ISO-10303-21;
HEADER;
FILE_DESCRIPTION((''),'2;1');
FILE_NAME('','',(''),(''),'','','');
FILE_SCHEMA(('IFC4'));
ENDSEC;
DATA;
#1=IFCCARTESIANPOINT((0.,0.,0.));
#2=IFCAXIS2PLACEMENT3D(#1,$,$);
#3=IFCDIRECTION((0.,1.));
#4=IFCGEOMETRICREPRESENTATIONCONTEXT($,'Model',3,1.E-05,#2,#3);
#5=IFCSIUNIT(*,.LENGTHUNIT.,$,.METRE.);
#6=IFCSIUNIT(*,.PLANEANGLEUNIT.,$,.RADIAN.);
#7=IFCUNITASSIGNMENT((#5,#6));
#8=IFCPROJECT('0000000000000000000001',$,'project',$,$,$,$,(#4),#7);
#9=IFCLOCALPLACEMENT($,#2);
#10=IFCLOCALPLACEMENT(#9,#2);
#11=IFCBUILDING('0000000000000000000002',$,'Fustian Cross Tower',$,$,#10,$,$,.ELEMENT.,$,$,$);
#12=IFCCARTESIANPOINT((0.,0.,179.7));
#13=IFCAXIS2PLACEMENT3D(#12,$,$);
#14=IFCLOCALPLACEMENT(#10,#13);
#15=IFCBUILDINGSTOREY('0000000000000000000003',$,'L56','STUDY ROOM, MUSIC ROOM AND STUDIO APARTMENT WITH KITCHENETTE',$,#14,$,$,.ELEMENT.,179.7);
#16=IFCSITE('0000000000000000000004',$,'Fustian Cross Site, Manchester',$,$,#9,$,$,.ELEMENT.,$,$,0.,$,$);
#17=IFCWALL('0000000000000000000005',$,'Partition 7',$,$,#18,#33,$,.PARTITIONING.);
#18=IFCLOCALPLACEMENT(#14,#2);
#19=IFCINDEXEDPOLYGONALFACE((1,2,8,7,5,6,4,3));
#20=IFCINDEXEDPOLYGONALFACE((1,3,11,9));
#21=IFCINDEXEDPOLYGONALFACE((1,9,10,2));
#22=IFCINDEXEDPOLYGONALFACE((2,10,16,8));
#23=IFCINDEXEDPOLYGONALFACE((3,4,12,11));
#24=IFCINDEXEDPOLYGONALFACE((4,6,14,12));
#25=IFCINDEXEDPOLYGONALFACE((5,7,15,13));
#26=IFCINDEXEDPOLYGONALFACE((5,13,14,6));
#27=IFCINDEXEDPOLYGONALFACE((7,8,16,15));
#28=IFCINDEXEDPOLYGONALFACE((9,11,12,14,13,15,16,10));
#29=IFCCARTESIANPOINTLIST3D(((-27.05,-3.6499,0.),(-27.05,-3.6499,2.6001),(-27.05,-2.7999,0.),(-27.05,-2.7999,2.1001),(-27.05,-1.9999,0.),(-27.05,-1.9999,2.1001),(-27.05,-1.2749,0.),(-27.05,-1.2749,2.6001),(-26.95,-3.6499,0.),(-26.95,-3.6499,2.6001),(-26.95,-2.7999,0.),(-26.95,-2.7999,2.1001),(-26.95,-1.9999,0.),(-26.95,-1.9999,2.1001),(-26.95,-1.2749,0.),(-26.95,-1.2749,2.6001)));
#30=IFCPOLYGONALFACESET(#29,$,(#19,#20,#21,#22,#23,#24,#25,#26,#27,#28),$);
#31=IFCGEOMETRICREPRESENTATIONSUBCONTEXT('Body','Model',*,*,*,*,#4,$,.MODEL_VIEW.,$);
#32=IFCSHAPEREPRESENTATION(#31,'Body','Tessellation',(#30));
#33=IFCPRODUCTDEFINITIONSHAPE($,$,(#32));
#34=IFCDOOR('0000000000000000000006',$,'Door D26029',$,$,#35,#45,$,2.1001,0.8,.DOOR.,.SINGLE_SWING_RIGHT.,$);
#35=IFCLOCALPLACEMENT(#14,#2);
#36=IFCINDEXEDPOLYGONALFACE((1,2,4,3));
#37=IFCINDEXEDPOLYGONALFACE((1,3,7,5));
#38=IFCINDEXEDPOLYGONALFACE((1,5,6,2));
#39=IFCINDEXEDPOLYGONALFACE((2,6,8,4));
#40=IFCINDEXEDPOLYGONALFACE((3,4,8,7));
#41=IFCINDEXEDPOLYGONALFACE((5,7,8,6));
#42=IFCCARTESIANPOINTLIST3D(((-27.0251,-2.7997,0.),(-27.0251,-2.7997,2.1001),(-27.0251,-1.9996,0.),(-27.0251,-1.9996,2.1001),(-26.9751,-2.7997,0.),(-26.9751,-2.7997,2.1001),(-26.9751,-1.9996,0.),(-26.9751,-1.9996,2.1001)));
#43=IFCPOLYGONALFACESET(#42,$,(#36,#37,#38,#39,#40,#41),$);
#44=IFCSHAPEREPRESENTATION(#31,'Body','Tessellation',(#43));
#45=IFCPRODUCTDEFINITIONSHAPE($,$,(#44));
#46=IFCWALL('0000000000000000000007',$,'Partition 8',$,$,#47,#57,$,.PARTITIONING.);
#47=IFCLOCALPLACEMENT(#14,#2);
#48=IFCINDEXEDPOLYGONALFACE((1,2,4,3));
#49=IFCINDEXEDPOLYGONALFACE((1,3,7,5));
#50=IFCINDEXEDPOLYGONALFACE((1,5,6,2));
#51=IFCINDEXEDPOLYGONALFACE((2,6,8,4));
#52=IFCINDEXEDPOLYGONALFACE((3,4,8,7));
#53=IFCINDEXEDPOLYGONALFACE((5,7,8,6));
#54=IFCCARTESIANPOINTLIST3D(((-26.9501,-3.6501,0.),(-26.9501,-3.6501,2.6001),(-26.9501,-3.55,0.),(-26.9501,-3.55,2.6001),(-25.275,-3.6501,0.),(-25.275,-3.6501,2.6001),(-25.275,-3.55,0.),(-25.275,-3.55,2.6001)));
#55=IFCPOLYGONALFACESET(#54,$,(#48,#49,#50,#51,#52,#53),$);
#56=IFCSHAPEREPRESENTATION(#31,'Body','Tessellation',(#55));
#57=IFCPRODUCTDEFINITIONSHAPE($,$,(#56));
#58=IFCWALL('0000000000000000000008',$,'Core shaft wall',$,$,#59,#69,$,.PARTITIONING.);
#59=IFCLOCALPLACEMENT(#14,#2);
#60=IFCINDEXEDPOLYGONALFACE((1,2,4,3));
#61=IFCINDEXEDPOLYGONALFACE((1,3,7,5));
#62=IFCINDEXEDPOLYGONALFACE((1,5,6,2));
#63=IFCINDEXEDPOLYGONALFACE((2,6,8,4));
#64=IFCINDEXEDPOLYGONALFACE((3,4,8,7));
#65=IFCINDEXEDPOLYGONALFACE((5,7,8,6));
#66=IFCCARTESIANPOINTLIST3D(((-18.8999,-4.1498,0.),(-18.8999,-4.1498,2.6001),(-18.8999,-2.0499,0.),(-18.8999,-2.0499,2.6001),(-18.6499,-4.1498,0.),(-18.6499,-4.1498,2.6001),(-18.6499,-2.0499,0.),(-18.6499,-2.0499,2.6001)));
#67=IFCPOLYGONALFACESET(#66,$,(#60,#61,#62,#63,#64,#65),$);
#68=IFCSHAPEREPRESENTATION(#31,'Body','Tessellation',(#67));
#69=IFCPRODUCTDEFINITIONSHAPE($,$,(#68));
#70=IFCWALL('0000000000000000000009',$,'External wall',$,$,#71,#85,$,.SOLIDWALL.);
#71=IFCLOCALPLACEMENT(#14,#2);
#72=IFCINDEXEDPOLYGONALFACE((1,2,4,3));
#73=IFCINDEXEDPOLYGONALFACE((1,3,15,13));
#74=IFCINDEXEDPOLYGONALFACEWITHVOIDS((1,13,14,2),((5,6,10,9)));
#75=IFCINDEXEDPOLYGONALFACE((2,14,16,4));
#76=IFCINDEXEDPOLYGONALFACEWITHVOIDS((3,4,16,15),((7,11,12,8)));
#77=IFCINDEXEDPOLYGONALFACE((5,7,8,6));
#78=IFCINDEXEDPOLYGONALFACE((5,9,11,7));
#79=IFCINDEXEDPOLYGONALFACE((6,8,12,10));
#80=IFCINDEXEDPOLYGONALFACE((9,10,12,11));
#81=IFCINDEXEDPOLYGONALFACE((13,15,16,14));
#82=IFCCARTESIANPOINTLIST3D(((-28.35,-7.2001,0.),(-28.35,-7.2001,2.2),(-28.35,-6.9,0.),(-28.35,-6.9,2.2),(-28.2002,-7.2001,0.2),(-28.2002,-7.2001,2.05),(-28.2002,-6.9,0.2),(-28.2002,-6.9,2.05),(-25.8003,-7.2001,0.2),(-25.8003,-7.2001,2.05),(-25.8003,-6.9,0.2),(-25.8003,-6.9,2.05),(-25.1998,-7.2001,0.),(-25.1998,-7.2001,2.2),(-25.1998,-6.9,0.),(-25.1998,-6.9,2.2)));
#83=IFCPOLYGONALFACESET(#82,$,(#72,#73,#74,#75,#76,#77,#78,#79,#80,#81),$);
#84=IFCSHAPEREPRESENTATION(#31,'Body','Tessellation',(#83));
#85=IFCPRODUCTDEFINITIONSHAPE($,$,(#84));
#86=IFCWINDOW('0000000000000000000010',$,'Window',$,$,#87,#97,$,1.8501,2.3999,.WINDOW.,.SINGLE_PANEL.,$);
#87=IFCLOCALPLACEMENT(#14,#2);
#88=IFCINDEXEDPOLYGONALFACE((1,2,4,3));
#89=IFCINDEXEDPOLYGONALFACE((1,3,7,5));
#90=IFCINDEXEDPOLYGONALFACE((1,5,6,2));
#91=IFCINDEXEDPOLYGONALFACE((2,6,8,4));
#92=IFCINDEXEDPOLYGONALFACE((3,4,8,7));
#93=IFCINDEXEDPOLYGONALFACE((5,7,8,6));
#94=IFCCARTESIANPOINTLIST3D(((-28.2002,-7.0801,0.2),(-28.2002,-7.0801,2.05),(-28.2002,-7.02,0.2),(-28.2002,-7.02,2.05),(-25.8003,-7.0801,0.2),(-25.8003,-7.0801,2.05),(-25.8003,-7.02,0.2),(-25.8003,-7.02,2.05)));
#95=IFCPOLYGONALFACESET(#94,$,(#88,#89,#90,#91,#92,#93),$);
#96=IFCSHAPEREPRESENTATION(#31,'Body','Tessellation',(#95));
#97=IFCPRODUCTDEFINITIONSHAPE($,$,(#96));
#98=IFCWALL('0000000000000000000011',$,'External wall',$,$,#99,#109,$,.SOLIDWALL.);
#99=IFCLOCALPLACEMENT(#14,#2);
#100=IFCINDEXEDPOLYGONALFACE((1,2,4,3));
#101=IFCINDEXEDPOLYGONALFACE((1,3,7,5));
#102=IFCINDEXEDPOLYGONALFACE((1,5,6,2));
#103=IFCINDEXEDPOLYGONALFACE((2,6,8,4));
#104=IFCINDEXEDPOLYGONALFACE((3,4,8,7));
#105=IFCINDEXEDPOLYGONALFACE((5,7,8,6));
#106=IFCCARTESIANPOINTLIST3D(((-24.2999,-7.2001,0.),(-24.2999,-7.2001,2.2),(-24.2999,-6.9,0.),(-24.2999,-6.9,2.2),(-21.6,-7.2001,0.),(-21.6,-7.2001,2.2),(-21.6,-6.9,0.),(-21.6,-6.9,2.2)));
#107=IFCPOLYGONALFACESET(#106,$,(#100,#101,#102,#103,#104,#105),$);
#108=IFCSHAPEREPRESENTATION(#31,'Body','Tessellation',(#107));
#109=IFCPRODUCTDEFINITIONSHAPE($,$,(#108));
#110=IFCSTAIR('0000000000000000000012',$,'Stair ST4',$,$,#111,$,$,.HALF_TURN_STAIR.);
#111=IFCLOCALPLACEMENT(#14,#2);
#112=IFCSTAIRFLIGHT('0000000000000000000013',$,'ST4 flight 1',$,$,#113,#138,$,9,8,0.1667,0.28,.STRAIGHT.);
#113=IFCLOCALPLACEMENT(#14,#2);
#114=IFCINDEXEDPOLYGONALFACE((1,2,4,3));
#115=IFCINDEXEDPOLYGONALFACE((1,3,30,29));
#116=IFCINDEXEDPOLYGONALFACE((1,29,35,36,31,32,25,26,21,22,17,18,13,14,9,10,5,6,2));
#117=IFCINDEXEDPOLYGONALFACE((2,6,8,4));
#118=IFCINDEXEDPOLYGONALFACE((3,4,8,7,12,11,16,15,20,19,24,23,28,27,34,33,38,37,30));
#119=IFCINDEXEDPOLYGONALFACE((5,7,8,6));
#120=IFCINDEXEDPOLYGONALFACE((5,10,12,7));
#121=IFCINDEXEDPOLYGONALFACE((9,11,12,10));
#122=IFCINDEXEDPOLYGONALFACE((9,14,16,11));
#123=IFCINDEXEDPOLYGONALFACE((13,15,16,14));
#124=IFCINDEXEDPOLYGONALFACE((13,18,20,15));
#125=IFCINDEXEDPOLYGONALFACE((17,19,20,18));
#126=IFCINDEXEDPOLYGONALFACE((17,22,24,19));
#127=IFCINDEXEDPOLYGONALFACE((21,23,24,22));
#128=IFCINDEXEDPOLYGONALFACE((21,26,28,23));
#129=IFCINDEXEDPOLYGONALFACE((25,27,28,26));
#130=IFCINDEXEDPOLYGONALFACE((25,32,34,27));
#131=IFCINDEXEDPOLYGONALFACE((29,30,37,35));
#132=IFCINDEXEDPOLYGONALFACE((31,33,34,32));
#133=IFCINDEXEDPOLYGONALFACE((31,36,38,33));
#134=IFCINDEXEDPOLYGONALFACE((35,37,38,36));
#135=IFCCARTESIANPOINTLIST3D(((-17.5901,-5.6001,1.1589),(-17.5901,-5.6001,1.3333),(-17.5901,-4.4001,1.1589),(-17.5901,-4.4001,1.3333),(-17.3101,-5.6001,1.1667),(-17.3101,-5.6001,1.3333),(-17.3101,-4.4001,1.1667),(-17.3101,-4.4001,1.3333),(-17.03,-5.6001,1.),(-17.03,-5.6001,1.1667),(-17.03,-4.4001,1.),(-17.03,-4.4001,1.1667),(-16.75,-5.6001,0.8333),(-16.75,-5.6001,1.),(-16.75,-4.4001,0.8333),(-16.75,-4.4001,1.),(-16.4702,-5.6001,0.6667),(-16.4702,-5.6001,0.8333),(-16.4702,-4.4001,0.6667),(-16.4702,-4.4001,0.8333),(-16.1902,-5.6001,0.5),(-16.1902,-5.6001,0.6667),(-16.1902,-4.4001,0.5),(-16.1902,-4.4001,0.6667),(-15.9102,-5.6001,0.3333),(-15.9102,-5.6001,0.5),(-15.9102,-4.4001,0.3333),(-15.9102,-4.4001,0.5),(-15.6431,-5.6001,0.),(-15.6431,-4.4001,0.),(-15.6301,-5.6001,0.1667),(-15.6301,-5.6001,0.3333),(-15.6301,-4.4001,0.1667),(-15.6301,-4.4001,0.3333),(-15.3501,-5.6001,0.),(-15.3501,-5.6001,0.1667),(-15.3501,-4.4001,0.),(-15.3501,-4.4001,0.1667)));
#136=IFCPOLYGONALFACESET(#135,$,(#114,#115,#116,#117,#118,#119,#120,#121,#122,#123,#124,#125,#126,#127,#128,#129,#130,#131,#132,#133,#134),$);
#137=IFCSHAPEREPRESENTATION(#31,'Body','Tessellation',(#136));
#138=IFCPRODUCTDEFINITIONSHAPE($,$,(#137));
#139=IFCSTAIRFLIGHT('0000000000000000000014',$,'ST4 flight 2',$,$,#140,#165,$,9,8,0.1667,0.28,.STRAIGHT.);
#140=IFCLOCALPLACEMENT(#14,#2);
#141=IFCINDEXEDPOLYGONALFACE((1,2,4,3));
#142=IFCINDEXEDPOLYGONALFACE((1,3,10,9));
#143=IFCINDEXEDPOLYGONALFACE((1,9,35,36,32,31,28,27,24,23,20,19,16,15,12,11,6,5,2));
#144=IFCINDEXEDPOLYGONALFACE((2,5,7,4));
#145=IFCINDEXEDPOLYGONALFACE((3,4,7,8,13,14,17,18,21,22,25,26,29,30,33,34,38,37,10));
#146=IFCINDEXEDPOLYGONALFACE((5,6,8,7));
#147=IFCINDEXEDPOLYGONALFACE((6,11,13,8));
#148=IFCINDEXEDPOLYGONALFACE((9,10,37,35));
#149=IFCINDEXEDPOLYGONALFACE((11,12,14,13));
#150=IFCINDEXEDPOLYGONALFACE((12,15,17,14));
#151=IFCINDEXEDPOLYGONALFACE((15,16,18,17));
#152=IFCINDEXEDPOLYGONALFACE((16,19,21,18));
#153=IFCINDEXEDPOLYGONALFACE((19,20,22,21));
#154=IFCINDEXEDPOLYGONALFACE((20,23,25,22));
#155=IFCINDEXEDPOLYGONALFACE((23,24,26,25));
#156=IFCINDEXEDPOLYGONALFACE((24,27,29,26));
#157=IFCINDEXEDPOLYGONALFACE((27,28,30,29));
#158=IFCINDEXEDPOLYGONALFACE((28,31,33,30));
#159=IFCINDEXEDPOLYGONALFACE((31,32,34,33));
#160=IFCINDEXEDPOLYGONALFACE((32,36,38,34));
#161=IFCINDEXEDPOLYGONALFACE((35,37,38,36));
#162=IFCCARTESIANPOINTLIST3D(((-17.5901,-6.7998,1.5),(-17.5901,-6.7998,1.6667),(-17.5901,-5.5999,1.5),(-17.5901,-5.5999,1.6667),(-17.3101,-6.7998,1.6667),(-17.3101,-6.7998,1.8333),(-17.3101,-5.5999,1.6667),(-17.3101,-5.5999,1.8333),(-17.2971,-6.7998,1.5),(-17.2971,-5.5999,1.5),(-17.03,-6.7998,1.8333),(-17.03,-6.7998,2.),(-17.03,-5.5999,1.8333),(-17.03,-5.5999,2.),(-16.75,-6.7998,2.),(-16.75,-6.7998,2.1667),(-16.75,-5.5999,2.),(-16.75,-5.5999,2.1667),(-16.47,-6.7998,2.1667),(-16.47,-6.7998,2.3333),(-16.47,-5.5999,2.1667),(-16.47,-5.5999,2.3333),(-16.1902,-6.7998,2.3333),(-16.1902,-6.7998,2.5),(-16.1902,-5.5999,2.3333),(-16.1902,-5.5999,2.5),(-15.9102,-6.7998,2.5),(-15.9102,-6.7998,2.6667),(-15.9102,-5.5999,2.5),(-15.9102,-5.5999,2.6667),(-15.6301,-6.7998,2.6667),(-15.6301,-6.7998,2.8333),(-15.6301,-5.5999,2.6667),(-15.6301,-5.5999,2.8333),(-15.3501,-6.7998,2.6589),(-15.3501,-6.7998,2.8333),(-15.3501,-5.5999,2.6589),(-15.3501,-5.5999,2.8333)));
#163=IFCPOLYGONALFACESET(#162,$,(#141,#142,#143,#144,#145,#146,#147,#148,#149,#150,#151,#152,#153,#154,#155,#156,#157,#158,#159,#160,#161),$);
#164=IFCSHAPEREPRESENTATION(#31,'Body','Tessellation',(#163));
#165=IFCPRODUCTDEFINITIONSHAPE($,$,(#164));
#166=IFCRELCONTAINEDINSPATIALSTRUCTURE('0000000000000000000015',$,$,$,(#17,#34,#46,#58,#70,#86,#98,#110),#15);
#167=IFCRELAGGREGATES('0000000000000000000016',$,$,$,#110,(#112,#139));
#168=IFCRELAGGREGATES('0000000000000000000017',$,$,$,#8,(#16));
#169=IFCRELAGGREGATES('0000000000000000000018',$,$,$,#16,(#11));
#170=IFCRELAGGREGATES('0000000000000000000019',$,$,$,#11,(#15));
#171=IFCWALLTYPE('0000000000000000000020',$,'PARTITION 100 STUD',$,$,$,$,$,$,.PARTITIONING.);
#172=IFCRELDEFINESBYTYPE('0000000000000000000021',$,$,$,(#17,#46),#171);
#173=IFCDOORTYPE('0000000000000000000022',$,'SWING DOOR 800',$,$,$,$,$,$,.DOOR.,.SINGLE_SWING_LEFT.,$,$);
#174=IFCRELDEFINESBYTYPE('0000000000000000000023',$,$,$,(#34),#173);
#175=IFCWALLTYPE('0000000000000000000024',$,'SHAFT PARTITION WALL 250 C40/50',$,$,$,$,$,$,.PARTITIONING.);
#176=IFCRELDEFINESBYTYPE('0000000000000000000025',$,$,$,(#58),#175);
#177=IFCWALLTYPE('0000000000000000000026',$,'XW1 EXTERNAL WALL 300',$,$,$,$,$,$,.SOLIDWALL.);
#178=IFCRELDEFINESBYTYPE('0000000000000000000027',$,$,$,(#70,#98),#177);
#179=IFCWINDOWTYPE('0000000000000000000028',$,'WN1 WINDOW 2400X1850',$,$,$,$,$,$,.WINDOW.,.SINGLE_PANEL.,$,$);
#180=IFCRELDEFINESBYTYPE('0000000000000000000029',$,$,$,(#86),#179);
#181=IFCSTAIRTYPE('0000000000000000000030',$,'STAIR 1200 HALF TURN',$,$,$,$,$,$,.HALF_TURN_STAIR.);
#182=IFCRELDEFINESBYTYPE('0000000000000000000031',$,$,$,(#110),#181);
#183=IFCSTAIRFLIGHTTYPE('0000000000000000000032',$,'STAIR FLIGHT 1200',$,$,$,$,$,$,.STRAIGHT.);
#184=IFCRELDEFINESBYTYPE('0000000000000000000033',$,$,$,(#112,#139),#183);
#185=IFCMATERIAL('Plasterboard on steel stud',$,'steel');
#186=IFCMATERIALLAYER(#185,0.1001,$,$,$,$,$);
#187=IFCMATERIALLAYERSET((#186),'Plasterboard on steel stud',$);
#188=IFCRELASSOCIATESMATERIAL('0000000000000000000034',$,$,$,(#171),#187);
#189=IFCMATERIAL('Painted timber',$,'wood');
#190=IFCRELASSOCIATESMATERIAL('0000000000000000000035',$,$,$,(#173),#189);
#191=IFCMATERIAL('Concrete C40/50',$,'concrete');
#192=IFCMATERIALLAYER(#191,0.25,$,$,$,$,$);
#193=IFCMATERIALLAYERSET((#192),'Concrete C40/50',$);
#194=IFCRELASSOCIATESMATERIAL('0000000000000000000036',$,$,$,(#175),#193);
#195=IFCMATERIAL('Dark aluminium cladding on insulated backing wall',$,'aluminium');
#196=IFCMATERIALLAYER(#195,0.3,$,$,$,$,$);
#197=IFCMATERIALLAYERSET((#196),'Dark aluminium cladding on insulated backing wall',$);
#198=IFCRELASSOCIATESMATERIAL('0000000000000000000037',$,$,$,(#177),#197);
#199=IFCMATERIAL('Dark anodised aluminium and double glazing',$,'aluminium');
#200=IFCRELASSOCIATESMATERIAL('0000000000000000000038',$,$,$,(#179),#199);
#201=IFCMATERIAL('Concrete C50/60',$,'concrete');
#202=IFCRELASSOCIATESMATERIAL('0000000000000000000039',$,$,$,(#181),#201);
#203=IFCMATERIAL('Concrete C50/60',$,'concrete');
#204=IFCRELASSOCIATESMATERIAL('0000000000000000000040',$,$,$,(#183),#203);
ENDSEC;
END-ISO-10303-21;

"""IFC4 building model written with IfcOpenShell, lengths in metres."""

from ifc_helpers import new_model, si_unit, direction, frame, frame_2d, origin, place, context, subcontext, project, spatial, polyline, rectangle, outline, extrude, material, layer, layer_set, type_object, element, fill, aggregate, save


model = new_model("IFC4")

# Units and contexts
model_context = context("Model", 3, precision=1e-05, world=origin(), true_north=direction((0.0, 1.0)))
body_context = subcontext(model_context, "Body", "Model", "MODEL_VIEW")
ifc_project = project(units=[si_unit("LENGTHUNIT", "METRE"), si_unit("PLANEANGLEUNIT", "RADIAN")], contexts=[model_context])

# Site, building, storey
site_placement = place(None, origin())
site = spatial("IfcSite", under=ifc_project, at=site_placement, Name="Fustian Cross Site, Manchester", CompositionType="ELEMENT", RefElevation=0.0)
building_placement = place(site_placement, origin())
building = spatial("IfcBuilding", under=site, at=building_placement, Name="Fustian Cross Tower", CompositionType="ELEMENT")
storey_placement = place(building_placement, frame((0.0, 0.0, 179.7)))
storey = spatial("IfcBuildingStorey", under=building, at=storey_placement, Name="L56", Description="STUDY ROOM, MUSIC ROOM AND STUDIO APARTMENT WITH KITCHENETTE", CompositionType="ELEMENT", Elevation=179.7)

# Shared definitions
ifc_material_1 = material(Name="Plasterboard on steel stud", Category="steel")
ifc_layer_1 = layer(ifc_material_1, 0.1001)
ifc_layer_set_1 = layer_set([ifc_layer_1], Name="Plasterboard on steel stud")
wall_type_1 = type_object("IfcWallType", Name="PARTITION 100 STUD", PredefinedType="PARTITIONING", material=ifc_layer_set_1)

# Wall, opening, door
wall_1_placement = place(storey_placement, frame((-27.0, -3.6499, 0.0), z_axis=(0.0, 0.0, 1.0), x_axis=(0.0, 1.0, 0.0)))
wall_1 = element("IfcWall", 1, at=wall_1_placement, inside=storey, type_object=wall_type_1, Name="Partition 7", PredefinedType="PARTITIONING", context=body_context, shape_type="SweptSolid", body=[
    extrude(rectangle(XDim=2.375, YDim=0.1001, at=frame_2d((1.1875, 0.0))), origin(), (0.0, 0.0, 1.0), 2.6001),
])
opening_1_placement = place(wall_1_placement, frame((0.8501, 0.0, 0.0)))
opening_1 = element("IfcOpeningElement", 2, at=opening_1_placement, cuts=wall_1, PredefinedType="OPENING", context=body_context, shape_type="SweptSolid", body=[
    extrude(rectangle(XDim=0.8, YDim=2.1001, at=frame_2d((0.3999, 1.05))), frame((0.0, 0.0601, 0.0), z_axis=(0.0, -1.0, 0.0), x_axis=(1.0, 0.0, 0.0)), (0.0, 0.0, 1.0), 0.1201),
])
ifc_material_2 = material(Name="Painted timber", Category="wood")
door_type_1 = type_object("IfcDoorType", Name="SWING DOOR 800", OperationType="SINGLE_SWING_LEFT", PredefinedType="DOOR", material=ifc_material_2)
door_1_placement = place(opening_1_placement, frame((0.8, 0.0, 0.0), z_axis=(0.0, 0.0, 1.0), x_axis=(-1.0, 0.0, 0.0)))
door_1 = element("IfcDoor", 3, at=door_1_placement, inside=storey, type_object=door_type_1, Name="Door D26029", OperationType="SINGLE_SWING_RIGHT", OverallHeight=2.1001, OverallWidth=0.8, PredefinedType="DOOR", context=body_context, shape_type="SweptSolid", body=[
    extrude(rectangle(XDim=0.8, YDim=2.1001, at=frame_2d((0.3999, 1.05))), frame((0.0, 0.0249, 0.0), z_axis=(0.0, -1.0, 0.0), x_axis=(1.0, 0.0, 0.0)), (0.0, 0.0, 1.0), 0.05),
])
fill(opening_1, door_1)

# Walls
wall_2_placement = place(storey_placement, frame((-26.95, -3.6001, 0.0), z_axis=(0.0, 0.0, 1.0), x_axis=(1.0, 0.0, 0.0)))
element("IfcWall", 4, at=wall_2_placement, inside=storey, type_object=wall_type_1, Name="Partition 8", PredefinedType="PARTITIONING", context=body_context, shape_type="SweptSolid", body=[
    extrude(rectangle(XDim=1.675, YDim=0.1001, at=frame_2d((0.8374, 0.0))), origin(), (0.0, 0.0, 1.0), 2.6001),
])
ifc_material_3 = material(Name="Concrete C40/50", Category="concrete")
ifc_layer_2 = layer(ifc_material_3, 0.25)
ifc_layer_set_2 = layer_set([ifc_layer_2], Name="Concrete C40/50")
wall_type_2 = type_object("IfcWallType", Name="SHAFT PARTITION WALL 250 C40/50", PredefinedType="PARTITIONING", material=ifc_layer_set_2)
wall_3_placement = place(storey_placement, frame((-18.7749, -2.05, 0.0), z_axis=(0.0, 0.0, 1.0), x_axis=(0.0, -1.0, 0.0)))
element("IfcWall", 5, at=wall_3_placement, inside=storey, type_object=wall_type_2, Name="Core shaft wall", PredefinedType="PARTITIONING", context=body_context, shape_type="SweptSolid", body=[
    extrude(rectangle(XDim=2.0999, YDim=0.25, at=frame_2d((1.0498, 0.0))), origin(), (0.0, 0.0, 1.0), 2.6001),
])

# Wall, opening, window
ifc_material_4 = material(Name="Dark aluminium cladding on insulated backing wall", Category="aluminium")
ifc_layer_3 = layer(ifc_material_4, 0.3)
ifc_layer_set_3 = layer_set([ifc_layer_3], Name="Dark aluminium cladding on insulated backing wall")
wall_type_3 = type_object("IfcWallType", Name="XW1 EXTERNAL WALL 300", PredefinedType="SOLIDWALL", material=ifc_layer_set_3)
wall_4_placement = place(storey_placement, frame((-28.3501, -7.05, 0.0), z_axis=(0.0, 0.0, 1.0), x_axis=(1.0, 0.0, 0.0)))
wall_4 = element("IfcWall", 6, at=wall_4_placement, inside=storey, type_object=wall_type_3, Name="External wall", PredefinedType="SOLIDWALL", context=body_context, shape_type="SweptSolid", body=[
    extrude(rectangle(XDim=3.1501, YDim=0.3, at=frame_2d((1.5752, 0.0))), origin(), (0.0, 0.0, 1.0), 2.2),
])
opening_2_placement = place(wall_4_placement, frame((0.1499, 0.0, 0.2)))
opening_2 = element("IfcOpeningElement", 7, at=opening_2_placement, cuts=wall_4, PredefinedType="OPENING", context=body_context, shape_type="SweptSolid", body=[
    extrude(rectangle(XDim=2.3999, YDim=1.8501, at=frame_2d((1.2, 0.925))), frame((0.0, 0.1599, 0.0), z_axis=(0.0, -1.0, 0.0), x_axis=(1.0, 0.0, 0.0)), (0.0, 0.0, 1.0), 0.3201),
])
ifc_material_5 = material(Name="Dark anodised aluminium and double glazing", Category="aluminium")
window_type = type_object("IfcWindowType", Name="WN1 WINDOW 2400X1850", PartitioningType="SINGLE_PANEL", PredefinedType="WINDOW", material=ifc_material_5)
window_placement = place(opening_2_placement, origin())
window = element("IfcWindow", 8, at=window_placement, inside=storey, type_object=window_type, Name="Window", OverallHeight=1.8501, OverallWidth=2.3999, PartitioningType="SINGLE_PANEL", PredefinedType="WINDOW", context=body_context, shape_type="SweptSolid", body=[
    extrude(rectangle(XDim=2.3999, YDim=1.8501, at=frame_2d((1.2, 0.925))), frame((0.0, 0.03, 0.0), z_axis=(0.0, -1.0, 0.0), x_axis=(1.0, 0.0, 0.0)), (0.0, 0.0, 1.0), 0.0601),
])
fill(opening_2, window)

# Wall
wall_5_placement = place(storey_placement, frame((-24.3, -7.05, 0.0), z_axis=(0.0, 0.0, 1.0), x_axis=(1.0, 0.0, 0.0)))
element("IfcWall", 9, at=wall_5_placement, inside=storey, type_object=wall_type_3, Name="External wall", PredefinedType="SOLIDWALL", context=body_context, shape_type="SweptSolid", body=[
    extrude(rectangle(XDim=2.7, YDim=0.3, at=frame_2d((1.3501, 0.0))), origin(), (0.0, 0.0, 1.0), 2.2),
])

# Stair, stair flights
ifc_material_6 = material(Name="Concrete C50/60", Category="concrete")
stair_type = type_object("IfcStairType", Name="STAIR 1200 HALF TURN", PredefinedType="HALF_TURN_STAIR", material=ifc_material_6)
stair_placement = place(storey_placement, origin())
stair = element("IfcStair", 10, at=stair_placement, inside=storey, type_object=stair_type, Name="Stair ST4", PredefinedType="HALF_TURN_STAIR")
ifc_material_7 = material(Name="Concrete C50/60", Category="concrete")
stair_flight_type = type_object("IfcStairFlightType", Name="STAIR FLIGHT 1200", PredefinedType="STRAIGHT", material=ifc_material_7)
stair_flight_1_placement = place(storey_placement, frame((-15.3501, -5.0, 0.0), z_axis=(0.0, 0.0, 1.0), x_axis=(-1.0, 0.0, 0.0)))
stair_flight_1 = element("IfcStairFlight", 11, at=stair_flight_1_placement, type_object=stair_flight_type, Name="ST4 flight 1", NumberOfRisers=9, NumberOfTreads=8, PredefinedType="STRAIGHT", RiserHeight=0.1667, TreadLength=0.28, context=body_context, shape_type="SweptSolid", body=[
    extrude(outline(polyline([(0.0, 0.0), (0.0, 0.1667), (0.28, 0.1667), (0.28, 0.3333), (0.5601, 0.3333), (0.5601, 0.5), (0.8401, 0.5), (0.8401, 0.6667), (1.1201, 0.6667), (1.1201, 0.8333), (1.3999, 0.8333), (1.3999, 1.0), (1.6799, 1.0), (1.6799, 1.1667), (1.96, 1.1667), (1.96, 1.3333), (2.24, 1.3333), (2.24, 1.5), (2.24, 1.1589), (0.293, 0.0), (0.0, 0.0)])), frame((0.0, 0.6001, 0.0), z_axis=(0.0, -1.0, 0.0), x_axis=(1.0, 0.0, 0.0)), (0.0, 0.0, 1.0), 1.2),
])
stair_flight_2_placement = place(storey_placement, frame((-17.5901, -6.2, 1.5), z_axis=(0.0, 0.0, 1.0), x_axis=(1.0, 0.0, 0.0)))
stair_flight_2 = element("IfcStairFlight", 12, at=stair_flight_2_placement, type_object=stair_flight_type, Name="ST4 flight 2", NumberOfRisers=9, NumberOfTreads=8, PredefinedType="STRAIGHT", RiserHeight=0.1667, TreadLength=0.28, context=body_context, shape_type="SweptSolid", body=[
    extrude(outline(polyline([(0.0, 0.0), (0.0, 0.1667), (0.28, 0.1667), (0.28, 0.3333), (0.5601, 0.3333), (0.5601, 0.5), (0.8401, 0.5), (0.8401, 0.6667), (1.1201, 0.6667), (1.1201, 0.8333), (1.3999, 0.8333), (1.3999, 1.0), (1.6799, 1.0), (1.6799, 1.1667), (1.96, 1.1667), (1.96, 1.3333), (2.24, 1.3333), (2.24, 1.5), (2.24, 1.1589), (0.293, 0.0), (0.0, 0.0)])), frame((0.0, 0.6001, 0.0), z_axis=(0.0, -1.0, 0.0), x_axis=(1.0, 0.0, 0.0)), (0.0, 0.0, 1.0), 1.2),
])
aggregate(stair, [stair_flight_1, stair_flight_2])

save(model, "model.ifc")
